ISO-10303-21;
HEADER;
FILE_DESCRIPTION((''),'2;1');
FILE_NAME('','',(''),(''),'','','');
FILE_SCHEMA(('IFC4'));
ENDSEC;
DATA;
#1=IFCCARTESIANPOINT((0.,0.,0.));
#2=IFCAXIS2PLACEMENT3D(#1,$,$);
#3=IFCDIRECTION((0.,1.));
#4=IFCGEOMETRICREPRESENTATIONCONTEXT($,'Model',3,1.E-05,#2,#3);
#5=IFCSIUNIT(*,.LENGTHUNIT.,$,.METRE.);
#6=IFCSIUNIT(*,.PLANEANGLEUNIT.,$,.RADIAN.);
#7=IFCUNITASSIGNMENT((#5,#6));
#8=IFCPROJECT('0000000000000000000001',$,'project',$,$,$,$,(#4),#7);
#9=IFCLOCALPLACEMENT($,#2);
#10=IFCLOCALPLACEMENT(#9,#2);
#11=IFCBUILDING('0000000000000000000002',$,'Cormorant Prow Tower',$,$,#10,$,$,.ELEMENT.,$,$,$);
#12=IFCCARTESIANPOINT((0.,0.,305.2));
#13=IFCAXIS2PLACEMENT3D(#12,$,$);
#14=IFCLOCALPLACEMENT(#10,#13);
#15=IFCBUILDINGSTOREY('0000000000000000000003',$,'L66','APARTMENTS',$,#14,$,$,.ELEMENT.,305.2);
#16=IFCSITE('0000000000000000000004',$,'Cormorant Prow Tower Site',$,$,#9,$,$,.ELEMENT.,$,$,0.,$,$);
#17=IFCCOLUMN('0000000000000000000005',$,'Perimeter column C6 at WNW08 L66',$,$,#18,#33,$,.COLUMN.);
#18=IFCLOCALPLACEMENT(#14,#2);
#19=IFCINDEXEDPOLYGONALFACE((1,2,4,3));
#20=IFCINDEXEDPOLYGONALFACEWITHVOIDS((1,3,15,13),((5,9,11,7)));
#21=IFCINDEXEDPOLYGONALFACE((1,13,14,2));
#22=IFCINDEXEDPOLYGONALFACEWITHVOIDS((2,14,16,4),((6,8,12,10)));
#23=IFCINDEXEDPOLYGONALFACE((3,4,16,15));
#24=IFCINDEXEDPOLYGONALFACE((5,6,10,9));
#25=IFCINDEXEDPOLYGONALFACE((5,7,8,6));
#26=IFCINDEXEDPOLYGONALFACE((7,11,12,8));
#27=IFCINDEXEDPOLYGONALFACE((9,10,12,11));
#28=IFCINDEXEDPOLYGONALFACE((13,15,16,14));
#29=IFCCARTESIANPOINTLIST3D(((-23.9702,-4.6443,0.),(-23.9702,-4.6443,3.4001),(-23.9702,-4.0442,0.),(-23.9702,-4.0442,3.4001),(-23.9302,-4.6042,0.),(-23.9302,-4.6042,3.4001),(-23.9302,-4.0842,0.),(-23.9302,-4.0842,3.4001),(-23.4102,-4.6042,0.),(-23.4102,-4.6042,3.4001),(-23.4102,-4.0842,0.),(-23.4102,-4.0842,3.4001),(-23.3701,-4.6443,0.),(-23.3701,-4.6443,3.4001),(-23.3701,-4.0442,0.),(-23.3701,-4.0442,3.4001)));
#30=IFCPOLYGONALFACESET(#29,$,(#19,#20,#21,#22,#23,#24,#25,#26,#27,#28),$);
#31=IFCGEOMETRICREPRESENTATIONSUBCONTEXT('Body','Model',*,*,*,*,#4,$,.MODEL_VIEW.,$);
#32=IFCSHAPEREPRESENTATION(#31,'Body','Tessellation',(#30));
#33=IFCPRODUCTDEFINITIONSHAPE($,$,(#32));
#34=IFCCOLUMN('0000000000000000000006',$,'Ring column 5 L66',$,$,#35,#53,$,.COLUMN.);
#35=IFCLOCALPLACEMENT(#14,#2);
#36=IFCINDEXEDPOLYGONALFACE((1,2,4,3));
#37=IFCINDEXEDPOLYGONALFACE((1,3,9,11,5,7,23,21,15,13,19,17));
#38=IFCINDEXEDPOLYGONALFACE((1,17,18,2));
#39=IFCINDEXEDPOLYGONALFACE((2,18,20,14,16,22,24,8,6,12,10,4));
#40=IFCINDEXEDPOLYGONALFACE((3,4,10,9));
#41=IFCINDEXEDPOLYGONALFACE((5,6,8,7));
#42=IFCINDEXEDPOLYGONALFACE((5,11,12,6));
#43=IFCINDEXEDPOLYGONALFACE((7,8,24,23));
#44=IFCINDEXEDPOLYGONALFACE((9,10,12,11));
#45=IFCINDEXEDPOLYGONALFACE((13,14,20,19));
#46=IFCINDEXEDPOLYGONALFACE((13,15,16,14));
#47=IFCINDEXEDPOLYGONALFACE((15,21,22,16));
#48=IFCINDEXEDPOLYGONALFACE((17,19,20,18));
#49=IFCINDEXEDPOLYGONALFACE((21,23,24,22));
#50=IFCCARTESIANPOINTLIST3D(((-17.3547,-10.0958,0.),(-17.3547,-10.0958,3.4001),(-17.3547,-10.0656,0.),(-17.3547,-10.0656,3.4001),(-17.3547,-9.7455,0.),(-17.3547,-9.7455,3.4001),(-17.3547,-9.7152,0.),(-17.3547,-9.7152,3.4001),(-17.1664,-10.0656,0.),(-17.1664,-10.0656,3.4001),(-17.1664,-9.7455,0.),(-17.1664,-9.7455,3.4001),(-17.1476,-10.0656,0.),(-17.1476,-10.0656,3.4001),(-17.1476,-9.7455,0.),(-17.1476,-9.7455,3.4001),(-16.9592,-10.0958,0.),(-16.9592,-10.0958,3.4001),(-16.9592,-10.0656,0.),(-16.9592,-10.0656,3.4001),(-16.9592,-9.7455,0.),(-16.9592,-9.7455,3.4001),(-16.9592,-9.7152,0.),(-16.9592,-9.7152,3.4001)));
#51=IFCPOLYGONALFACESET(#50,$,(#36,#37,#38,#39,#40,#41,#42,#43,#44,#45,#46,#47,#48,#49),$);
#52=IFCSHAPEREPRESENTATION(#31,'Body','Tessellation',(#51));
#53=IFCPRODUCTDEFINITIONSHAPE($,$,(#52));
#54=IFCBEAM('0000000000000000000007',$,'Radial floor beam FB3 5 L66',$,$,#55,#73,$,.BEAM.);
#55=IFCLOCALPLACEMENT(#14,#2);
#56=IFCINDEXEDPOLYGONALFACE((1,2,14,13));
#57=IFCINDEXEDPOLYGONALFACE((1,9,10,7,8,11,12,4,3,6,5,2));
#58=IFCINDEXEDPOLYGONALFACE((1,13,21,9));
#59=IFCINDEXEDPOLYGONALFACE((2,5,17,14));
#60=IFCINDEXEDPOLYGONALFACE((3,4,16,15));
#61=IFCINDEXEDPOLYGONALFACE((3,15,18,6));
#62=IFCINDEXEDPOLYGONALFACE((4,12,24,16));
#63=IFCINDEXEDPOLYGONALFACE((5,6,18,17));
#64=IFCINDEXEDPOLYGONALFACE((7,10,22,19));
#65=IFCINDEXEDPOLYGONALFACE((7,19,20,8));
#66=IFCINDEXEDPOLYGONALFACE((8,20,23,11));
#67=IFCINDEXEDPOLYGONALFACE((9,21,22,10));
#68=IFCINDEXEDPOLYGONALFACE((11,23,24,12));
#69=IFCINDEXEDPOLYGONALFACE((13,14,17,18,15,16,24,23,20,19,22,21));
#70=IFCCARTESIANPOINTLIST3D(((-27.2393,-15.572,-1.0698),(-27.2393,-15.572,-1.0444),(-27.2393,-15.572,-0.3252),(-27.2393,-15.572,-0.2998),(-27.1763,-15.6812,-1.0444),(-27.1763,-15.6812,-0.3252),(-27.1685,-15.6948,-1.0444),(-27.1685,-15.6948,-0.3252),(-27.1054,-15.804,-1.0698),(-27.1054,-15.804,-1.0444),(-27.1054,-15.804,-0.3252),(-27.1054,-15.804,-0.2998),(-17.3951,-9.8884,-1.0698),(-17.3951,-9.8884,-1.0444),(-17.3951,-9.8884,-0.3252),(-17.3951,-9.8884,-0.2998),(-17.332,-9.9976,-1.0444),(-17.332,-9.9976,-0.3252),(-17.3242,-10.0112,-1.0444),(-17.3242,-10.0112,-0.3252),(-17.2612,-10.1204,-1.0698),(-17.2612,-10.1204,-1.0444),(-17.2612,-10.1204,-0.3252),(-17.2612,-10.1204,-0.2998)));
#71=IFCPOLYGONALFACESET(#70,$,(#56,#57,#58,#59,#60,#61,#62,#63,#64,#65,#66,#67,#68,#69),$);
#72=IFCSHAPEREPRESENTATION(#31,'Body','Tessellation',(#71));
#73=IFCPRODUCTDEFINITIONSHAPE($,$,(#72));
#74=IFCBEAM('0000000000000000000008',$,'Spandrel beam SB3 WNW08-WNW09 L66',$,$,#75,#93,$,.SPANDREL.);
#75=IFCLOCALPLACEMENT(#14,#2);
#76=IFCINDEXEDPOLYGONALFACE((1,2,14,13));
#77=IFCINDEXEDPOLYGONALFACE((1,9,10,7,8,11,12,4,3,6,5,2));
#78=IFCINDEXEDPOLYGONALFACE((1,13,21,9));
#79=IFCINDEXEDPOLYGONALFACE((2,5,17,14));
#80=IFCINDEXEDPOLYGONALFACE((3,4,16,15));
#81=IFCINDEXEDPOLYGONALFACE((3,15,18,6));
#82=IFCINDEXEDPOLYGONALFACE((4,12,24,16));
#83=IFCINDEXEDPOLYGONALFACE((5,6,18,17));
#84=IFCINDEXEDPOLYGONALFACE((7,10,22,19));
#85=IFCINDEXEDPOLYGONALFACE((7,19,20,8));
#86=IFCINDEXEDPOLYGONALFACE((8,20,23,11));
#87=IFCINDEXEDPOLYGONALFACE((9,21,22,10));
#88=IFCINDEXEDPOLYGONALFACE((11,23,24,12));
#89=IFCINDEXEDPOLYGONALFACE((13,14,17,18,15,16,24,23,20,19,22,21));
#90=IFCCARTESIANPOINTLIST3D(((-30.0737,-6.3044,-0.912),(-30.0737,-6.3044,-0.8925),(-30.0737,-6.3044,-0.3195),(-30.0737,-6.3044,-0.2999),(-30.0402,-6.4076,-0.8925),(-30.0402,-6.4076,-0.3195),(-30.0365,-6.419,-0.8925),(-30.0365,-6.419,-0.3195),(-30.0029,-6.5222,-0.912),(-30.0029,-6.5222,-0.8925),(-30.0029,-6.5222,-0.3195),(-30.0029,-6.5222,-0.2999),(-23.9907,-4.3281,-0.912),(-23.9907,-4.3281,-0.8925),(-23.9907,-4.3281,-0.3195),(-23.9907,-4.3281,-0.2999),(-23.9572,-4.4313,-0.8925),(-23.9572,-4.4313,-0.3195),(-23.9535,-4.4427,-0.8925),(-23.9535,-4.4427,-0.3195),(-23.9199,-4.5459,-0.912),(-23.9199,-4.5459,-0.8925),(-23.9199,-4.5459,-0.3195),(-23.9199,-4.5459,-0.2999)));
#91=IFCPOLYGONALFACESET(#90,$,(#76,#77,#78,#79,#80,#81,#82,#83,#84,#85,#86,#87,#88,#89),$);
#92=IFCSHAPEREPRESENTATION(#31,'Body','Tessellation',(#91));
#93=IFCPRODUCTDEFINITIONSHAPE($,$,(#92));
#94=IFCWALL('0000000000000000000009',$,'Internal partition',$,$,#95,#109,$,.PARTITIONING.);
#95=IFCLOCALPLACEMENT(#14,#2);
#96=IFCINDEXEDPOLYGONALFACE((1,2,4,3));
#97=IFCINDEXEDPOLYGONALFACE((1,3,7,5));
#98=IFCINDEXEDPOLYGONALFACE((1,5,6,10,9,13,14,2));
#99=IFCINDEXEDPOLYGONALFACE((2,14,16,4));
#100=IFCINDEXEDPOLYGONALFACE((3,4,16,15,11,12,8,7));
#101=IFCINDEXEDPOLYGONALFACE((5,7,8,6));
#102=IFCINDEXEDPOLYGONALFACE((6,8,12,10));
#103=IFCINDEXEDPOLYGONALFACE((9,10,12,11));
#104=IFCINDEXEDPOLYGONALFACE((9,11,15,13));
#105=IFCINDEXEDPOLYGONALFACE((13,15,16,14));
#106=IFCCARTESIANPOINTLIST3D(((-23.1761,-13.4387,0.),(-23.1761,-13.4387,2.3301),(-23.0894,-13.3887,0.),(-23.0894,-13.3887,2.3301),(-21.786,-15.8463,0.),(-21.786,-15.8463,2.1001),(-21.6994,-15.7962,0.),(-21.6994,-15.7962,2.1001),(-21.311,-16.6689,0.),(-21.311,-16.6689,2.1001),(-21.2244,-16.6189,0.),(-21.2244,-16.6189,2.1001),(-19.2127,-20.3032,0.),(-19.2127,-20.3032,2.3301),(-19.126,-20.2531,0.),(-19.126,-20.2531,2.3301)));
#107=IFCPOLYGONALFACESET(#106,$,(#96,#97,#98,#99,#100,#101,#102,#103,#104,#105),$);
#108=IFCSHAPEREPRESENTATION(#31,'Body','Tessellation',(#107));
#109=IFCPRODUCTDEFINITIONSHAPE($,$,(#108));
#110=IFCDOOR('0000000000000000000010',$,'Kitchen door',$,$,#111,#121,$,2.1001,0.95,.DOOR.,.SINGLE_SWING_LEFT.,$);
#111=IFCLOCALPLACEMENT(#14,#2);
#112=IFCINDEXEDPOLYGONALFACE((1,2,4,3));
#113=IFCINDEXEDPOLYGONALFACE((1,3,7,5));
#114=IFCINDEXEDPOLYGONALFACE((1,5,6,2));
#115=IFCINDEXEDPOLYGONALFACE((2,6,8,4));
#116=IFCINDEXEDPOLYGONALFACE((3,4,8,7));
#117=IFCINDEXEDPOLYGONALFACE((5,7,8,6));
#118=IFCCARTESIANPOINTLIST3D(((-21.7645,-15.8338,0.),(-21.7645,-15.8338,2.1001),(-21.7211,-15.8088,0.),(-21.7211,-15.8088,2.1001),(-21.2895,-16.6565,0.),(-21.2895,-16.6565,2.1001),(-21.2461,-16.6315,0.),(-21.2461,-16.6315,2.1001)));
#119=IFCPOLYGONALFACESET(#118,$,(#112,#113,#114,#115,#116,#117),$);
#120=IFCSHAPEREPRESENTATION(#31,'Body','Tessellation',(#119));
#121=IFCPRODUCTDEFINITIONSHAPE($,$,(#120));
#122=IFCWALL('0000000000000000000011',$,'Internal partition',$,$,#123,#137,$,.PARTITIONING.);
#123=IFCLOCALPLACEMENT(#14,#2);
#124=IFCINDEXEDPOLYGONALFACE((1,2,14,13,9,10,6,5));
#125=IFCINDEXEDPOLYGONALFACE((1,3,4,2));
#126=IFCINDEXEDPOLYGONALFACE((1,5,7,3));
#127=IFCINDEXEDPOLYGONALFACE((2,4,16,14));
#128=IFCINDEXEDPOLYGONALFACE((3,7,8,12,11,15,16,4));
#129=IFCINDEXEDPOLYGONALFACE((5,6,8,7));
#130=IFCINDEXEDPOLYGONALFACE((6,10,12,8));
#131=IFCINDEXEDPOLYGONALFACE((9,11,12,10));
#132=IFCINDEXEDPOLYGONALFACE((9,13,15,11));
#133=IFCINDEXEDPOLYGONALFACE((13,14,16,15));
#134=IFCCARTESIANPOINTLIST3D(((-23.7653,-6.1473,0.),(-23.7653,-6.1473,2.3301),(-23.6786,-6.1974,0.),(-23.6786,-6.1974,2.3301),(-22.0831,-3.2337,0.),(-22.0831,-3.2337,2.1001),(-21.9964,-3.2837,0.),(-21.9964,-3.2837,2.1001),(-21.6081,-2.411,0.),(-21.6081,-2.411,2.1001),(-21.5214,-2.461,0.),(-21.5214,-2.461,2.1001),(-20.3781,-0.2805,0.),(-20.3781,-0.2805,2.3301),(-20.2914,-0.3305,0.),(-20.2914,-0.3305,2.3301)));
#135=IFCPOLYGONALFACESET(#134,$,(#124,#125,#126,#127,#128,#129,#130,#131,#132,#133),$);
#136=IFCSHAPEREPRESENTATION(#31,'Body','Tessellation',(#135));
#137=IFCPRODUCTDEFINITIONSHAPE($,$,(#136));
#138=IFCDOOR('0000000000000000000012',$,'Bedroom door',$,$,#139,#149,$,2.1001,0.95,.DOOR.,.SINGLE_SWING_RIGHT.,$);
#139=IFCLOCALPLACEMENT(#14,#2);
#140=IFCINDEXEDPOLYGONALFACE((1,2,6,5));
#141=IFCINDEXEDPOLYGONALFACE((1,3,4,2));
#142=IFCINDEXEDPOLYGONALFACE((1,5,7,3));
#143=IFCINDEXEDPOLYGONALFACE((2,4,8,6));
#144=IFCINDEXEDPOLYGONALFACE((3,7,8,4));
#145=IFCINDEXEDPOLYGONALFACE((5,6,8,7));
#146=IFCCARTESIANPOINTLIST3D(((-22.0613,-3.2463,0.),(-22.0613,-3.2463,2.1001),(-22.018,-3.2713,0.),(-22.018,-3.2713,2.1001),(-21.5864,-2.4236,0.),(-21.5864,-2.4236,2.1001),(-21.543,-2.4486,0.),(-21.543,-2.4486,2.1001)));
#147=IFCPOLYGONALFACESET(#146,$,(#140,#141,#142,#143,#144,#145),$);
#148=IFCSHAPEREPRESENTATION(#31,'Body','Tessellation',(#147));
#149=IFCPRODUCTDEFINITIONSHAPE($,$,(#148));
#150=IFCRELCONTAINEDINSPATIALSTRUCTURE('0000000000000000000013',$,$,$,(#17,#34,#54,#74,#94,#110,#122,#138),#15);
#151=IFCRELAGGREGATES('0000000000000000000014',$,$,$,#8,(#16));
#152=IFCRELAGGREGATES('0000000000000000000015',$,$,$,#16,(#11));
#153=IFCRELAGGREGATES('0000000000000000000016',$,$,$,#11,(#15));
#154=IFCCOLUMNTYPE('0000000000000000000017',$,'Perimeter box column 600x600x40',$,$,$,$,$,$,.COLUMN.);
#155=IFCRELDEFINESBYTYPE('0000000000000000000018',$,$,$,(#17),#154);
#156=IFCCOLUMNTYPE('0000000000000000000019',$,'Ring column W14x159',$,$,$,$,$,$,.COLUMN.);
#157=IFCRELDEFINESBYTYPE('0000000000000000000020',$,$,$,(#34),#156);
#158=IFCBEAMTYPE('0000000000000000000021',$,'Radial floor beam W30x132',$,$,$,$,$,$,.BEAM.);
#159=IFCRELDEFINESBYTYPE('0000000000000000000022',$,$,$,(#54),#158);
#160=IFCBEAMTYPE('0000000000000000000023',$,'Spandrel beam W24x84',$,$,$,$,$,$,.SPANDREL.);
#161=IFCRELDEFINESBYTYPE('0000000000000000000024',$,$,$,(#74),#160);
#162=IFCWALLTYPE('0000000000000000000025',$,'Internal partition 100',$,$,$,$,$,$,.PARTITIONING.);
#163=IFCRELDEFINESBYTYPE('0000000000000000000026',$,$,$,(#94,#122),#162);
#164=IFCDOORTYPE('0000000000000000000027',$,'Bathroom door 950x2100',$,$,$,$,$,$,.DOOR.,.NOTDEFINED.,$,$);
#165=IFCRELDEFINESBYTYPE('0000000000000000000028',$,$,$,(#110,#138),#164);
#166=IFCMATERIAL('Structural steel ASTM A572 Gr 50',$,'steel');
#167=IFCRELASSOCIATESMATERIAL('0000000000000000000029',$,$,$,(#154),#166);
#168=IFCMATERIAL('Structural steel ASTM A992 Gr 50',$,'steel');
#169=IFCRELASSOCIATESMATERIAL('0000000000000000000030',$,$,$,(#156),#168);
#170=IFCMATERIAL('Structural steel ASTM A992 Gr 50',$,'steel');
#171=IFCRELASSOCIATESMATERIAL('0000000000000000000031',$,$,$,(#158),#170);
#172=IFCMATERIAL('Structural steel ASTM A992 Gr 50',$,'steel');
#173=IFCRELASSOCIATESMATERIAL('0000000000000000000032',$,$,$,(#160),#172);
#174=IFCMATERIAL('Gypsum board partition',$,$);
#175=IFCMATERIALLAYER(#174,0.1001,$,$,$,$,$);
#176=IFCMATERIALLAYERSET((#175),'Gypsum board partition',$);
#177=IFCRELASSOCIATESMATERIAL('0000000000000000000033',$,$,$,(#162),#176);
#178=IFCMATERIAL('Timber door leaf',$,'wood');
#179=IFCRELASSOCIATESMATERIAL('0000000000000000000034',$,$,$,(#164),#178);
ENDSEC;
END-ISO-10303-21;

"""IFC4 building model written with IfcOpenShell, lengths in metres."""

from ifc_helpers import new_model, si_unit, direction, frame, frame_2d, origin, origin_2d, place, context, subcontext, project, spatial, rectangle, hollow_rectangle, i_section, extrude, material, layer, layer_set, material_profile, profile_set, type_object, element, fill, save


model = new_model("IFC4")

# Units and contexts
model_context = context("Model", 3, precision=1e-05, world=origin(), true_north=direction((0.0, 1.0)))
body_context = subcontext(model_context, "Body", "Model", "MODEL_VIEW")
ifc_project = project(units=[si_unit("LENGTHUNIT", "METRE"), si_unit("PLANEANGLEUNIT", "RADIAN")], contexts=[model_context])

# Site, building, storey
site_placement = place(None, origin())
site = spatial("IfcSite", under=ifc_project, at=site_placement, Name="Cormorant Prow Tower Site", CompositionType="ELEMENT", RefElevation=0.0)
building_placement = place(site_placement, origin())
building = spatial("IfcBuilding", under=site, at=building_placement, Name="Cormorant Prow Tower", CompositionType="ELEMENT")
storey_placement = place(building_placement, frame((0.0, 0.0, 305.2)))
storey = spatial("IfcBuildingStorey", under=building, at=storey_placement, Name="L66", Description="APARTMENTS", CompositionType="ELEMENT", Elevation=305.2)

# Columns
ifc_material_1 = material(Name="Structural steel ASTM A572 Gr 50", Category="steel")
ifc_material_profile_1 = material_profile(ifc_material_1, hollow_rectangle(XDim=0.6001, YDim=0.6001, WallThickness=0.04, at=origin_2d()), Name="Box 600x600x40")
ifc_profile_set_1 = profile_set([ifc_material_profile_1], Name="Structural steel ASTM A572 Gr 50")
column_type_1 = type_object("IfcColumnType", Name="Perimeter box column 600x600x40", PredefinedType="COLUMN", material=ifc_profile_set_1)
column_1_placement = place(storey_placement, frame((-23.6702, -4.3442, 0.0), z_axis=(0.0, 0.0, 1.0), x_axis=(1.0, 0.0, 0.0)))
element("IfcColumn", 1, at=column_1_placement, inside=storey, type_object=column_type_1, Name="Perimeter column C6 at WNW08 L66", PredefinedType="COLUMN", context=body_context, shape_type="SweptSolid", body=[
    extrude(hollow_rectangle(XDim=0.6001, YDim=0.6001, WallThickness=0.04, at=origin_2d()), origin(), (0.0, 0.0, 1.0), 3.4001),
])
ifc_material_2 = material(Name="Structural steel ASTM A992 Gr 50", Category="steel")
ifc_material_profile_2 = material_profile(ifc_material_2, i_section(OverallWidth=0.3955, OverallDepth=0.3806, WebThickness=0.0188, FlangeThickness=0.0303, at=origin_2d()), Name="W14x159")
ifc_profile_set_2 = profile_set([ifc_material_profile_2], Name="Structural steel ASTM A992 Gr 50")
column_type_2 = type_object("IfcColumnType", Name="Ring column W14x159", PredefinedType="COLUMN", material=ifc_profile_set_2)
column_2_placement = place(storey_placement, frame((-17.157, -9.9055, 0.0), z_axis=(0.0, 0.0, 1.0), x_axis=(1.0, 0.0, 0.0)))
element("IfcColumn", 2, at=column_2_placement, inside=storey, type_object=column_type_2, Name="Ring column 5 L66", PredefinedType="COLUMN", context=body_context, shape_type="SweptSolid", body=[
    extrude(i_section(OverallWidth=0.3955, OverallDepth=0.3806, WebThickness=0.0188, FlangeThickness=0.0303, at=origin_2d()), origin(), (0.0, 0.0, 1.0), 3.4001),
])

# Beams
ifc_material_3 = material(Name="Structural steel ASTM A992 Gr 50", Category="steel")
ifc_material_profile_3 = material_profile(ifc_material_3, i_section(OverallWidth=0.2678, OverallDepth=0.77, WebThickness=0.0156, FlangeThickness=0.0254, at=origin_2d()), Name="W30x132")
ifc_profile_set_3 = profile_set([ifc_material_profile_3], Name="Structural steel ASTM A992 Gr 50")
beam_type_1 = type_object("IfcBeamType", Name="Radial floor beam W30x132", PredefinedType="BEAM", material=ifc_profile_set_3)
beam_1_placement = place(storey_placement, frame((-17.3281, -10.0044, -0.6848), z_axis=(-0.866025, -0.500001, 0.0), x_axis=(0.500001, -0.866025, 0.0)))
element("IfcBeam", 3, at=beam_1_placement, inside=storey, type_object=beam_type_1, Name="Radial floor beam FB3 5 L66", PredefinedType="BEAM", context=body_context, shape_type="SweptSolid", body=[
    extrude(i_section(OverallWidth=0.2678, OverallDepth=0.77, WebThickness=0.0156, FlangeThickness=0.0254, at=origin_2d()), origin(), (0.0, 0.0, 1.0), 11.3672),
])
ifc_material_4 = material(Name="Structural steel ASTM A992 Gr 50", Category="steel")
ifc_material_profile_4 = material_profile(ifc_material_4, i_section(OverallWidth=0.229, OverallDepth=0.6121, WebThickness=0.012, FlangeThickness=0.0195, at=origin_2d()), Name="W24x84")
ifc_profile_set_4 = profile_set([ifc_material_profile_4], Name="Structural steel ASTM A992 Gr 50")
beam_type_2 = type_object("IfcBeamType", Name="Spandrel beam W24x84", PredefinedType="SPANDREL", material=ifc_profile_set_4)
beam_2_placement = place(storey_placement, frame((-23.9553, -4.437, -0.606), z_axis=(-0.951064, -0.308993, 0.0), x_axis=(0.308993, -0.951064, 0.0)))
element("IfcBeam", 4, at=beam_2_placement, inside=storey, type_object=beam_type_2, Name="Spandrel beam SB3 WNW08-WNW09 L66", PredefinedType="SPANDREL", context=body_context, shape_type="SweptSolid", body=[
    extrude(i_section(OverallWidth=0.229, OverallDepth=0.6121, WebThickness=0.012, FlangeThickness=0.0195, at=origin_2d()), origin(), (0.0, 0.0, 1.0), 6.396),
])

# Walls, openings, doors
ifc_material_5 = material(Name="Gypsum board partition")
ifc_layer = layer(ifc_material_5, 0.1001)
ifc_layer_set = layer_set([ifc_layer], Name="Gypsum board partition")
wall_type = type_object("IfcWallType", Name="Internal partition 100", PredefinedType="PARTITIONING", material=ifc_layer_set)
wall_1_placement = place(storey_placement, frame((-23.1328, -13.4136, 0.0), z_axis=(0.0, 0.0, 1.0), x_axis=(0.500015, -0.866017, 0.0)))
wall_1 = element("IfcWall", 5, at=wall_1_placement, inside=storey, type_object=wall_type, Name="Internal partition", PredefinedType="PARTITIONING", context=body_context, shape_type="SweptSolid", body=[
    extrude(rectangle(XDim=7.9265, YDim=0.1001, at=frame_2d((3.9634, 0.0))), origin(), (0.0, 0.0, 1.0), 2.3301),
])
opening_1_placement = place(wall_1_placement, frame((2.78, 0.0, 0.0)))
opening_1 = element("IfcOpeningElement", 6, at=opening_1_placement, cuts=wall_1, PredefinedType="OPENING", context=body_context, shape_type="SweptSolid", body=[
    extrude(rectangle(XDim=0.95, YDim=2.1001, at=frame_2d((0.4751, 1.05))), frame((0.0, 0.0601, 0.0), z_axis=(0.0, -1.0, 0.0), x_axis=(1.0, 0.0, 0.0)), (0.0, 0.0, 1.0), 0.1201),
])
ifc_material_6 = material(Name="Timber door leaf", Category="wood")
door_type = type_object("IfcDoorType", Name="Bathroom door 950x2100", OperationType="NOTDEFINED", PredefinedType="DOOR", material=ifc_material_6)
door_1_placement = place(opening_1_placement, origin())
door_1 = element("IfcDoor", 7, at=door_1_placement, inside=storey, type_object=door_type, Name="Kitchen door", OperationType="SINGLE_SWING_LEFT", OverallHeight=2.1001, OverallWidth=0.95, PredefinedType="DOOR", context=body_context, shape_type="SweptSolid", body=[
    extrude(rectangle(XDim=0.95, YDim=2.1001, at=frame_2d((0.4751, 1.05))), frame((0.0, 0.0249, 0.0), z_axis=(0.0, -1.0, 0.0), x_axis=(1.0, 0.0, 0.0)), (0.0, 0.0, 1.0), 0.05),
])
fill(opening_1, door_1)
wall_2_placement = place(storey_placement, frame((-23.7219, -6.1724, 0.0), z_axis=(0.0, 0.0, 1.0), x_axis=(0.499992, 0.86603, 0.0)))
wall_2 = element("IfcWall", 8, at=wall_2_placement, inside=storey, type_object=wall_type, Name="Internal partition", PredefinedType="PARTITIONING", context=body_context, shape_type="SweptSolid", body=[
    extrude(rectangle(XDim=6.7744, YDim=0.1001, at=frame_2d((3.3872, 0.0))), origin(), (0.0, 0.0, 1.0), 2.3301),
])
opening_2_placement = place(wall_2_placement, frame((3.3643, 0.0, 0.0)))
opening_2 = element("IfcOpeningElement", 9, at=opening_2_placement, cuts=wall_2, PredefinedType="OPENING", context=body_context, shape_type="SweptSolid", body=[
    extrude(rectangle(XDim=0.95, YDim=2.1001, at=frame_2d((0.4751, 1.05))), frame((0.0, 0.0601, 0.0), z_axis=(0.0, -1.0, 0.0), x_axis=(1.0, 0.0, 0.0)), (0.0, 0.0, 1.0), 0.1201),
])
door_2_placement = place(opening_2_placement, origin())
door_2 = element("IfcDoor", 10, at=door_2_placement, inside=storey, type_object=door_type, Name="Bedroom door", OperationType="SINGLE_SWING_RIGHT", OverallHeight=2.1001, OverallWidth=0.95, PredefinedType="DOOR", context=body_context, shape_type="SweptSolid", body=[
    extrude(rectangle(XDim=0.95, YDim=2.1001, at=frame_2d((0.4751, 1.05))), frame((0.0, 0.0249, 0.0), z_axis=(0.0, -1.0, 0.0), x_axis=(1.0, 0.0, 0.0)), (0.0, 0.0, 1.0), 0.05),
])
fill(opening_2, door_2)

save(model, "model.ifc")
